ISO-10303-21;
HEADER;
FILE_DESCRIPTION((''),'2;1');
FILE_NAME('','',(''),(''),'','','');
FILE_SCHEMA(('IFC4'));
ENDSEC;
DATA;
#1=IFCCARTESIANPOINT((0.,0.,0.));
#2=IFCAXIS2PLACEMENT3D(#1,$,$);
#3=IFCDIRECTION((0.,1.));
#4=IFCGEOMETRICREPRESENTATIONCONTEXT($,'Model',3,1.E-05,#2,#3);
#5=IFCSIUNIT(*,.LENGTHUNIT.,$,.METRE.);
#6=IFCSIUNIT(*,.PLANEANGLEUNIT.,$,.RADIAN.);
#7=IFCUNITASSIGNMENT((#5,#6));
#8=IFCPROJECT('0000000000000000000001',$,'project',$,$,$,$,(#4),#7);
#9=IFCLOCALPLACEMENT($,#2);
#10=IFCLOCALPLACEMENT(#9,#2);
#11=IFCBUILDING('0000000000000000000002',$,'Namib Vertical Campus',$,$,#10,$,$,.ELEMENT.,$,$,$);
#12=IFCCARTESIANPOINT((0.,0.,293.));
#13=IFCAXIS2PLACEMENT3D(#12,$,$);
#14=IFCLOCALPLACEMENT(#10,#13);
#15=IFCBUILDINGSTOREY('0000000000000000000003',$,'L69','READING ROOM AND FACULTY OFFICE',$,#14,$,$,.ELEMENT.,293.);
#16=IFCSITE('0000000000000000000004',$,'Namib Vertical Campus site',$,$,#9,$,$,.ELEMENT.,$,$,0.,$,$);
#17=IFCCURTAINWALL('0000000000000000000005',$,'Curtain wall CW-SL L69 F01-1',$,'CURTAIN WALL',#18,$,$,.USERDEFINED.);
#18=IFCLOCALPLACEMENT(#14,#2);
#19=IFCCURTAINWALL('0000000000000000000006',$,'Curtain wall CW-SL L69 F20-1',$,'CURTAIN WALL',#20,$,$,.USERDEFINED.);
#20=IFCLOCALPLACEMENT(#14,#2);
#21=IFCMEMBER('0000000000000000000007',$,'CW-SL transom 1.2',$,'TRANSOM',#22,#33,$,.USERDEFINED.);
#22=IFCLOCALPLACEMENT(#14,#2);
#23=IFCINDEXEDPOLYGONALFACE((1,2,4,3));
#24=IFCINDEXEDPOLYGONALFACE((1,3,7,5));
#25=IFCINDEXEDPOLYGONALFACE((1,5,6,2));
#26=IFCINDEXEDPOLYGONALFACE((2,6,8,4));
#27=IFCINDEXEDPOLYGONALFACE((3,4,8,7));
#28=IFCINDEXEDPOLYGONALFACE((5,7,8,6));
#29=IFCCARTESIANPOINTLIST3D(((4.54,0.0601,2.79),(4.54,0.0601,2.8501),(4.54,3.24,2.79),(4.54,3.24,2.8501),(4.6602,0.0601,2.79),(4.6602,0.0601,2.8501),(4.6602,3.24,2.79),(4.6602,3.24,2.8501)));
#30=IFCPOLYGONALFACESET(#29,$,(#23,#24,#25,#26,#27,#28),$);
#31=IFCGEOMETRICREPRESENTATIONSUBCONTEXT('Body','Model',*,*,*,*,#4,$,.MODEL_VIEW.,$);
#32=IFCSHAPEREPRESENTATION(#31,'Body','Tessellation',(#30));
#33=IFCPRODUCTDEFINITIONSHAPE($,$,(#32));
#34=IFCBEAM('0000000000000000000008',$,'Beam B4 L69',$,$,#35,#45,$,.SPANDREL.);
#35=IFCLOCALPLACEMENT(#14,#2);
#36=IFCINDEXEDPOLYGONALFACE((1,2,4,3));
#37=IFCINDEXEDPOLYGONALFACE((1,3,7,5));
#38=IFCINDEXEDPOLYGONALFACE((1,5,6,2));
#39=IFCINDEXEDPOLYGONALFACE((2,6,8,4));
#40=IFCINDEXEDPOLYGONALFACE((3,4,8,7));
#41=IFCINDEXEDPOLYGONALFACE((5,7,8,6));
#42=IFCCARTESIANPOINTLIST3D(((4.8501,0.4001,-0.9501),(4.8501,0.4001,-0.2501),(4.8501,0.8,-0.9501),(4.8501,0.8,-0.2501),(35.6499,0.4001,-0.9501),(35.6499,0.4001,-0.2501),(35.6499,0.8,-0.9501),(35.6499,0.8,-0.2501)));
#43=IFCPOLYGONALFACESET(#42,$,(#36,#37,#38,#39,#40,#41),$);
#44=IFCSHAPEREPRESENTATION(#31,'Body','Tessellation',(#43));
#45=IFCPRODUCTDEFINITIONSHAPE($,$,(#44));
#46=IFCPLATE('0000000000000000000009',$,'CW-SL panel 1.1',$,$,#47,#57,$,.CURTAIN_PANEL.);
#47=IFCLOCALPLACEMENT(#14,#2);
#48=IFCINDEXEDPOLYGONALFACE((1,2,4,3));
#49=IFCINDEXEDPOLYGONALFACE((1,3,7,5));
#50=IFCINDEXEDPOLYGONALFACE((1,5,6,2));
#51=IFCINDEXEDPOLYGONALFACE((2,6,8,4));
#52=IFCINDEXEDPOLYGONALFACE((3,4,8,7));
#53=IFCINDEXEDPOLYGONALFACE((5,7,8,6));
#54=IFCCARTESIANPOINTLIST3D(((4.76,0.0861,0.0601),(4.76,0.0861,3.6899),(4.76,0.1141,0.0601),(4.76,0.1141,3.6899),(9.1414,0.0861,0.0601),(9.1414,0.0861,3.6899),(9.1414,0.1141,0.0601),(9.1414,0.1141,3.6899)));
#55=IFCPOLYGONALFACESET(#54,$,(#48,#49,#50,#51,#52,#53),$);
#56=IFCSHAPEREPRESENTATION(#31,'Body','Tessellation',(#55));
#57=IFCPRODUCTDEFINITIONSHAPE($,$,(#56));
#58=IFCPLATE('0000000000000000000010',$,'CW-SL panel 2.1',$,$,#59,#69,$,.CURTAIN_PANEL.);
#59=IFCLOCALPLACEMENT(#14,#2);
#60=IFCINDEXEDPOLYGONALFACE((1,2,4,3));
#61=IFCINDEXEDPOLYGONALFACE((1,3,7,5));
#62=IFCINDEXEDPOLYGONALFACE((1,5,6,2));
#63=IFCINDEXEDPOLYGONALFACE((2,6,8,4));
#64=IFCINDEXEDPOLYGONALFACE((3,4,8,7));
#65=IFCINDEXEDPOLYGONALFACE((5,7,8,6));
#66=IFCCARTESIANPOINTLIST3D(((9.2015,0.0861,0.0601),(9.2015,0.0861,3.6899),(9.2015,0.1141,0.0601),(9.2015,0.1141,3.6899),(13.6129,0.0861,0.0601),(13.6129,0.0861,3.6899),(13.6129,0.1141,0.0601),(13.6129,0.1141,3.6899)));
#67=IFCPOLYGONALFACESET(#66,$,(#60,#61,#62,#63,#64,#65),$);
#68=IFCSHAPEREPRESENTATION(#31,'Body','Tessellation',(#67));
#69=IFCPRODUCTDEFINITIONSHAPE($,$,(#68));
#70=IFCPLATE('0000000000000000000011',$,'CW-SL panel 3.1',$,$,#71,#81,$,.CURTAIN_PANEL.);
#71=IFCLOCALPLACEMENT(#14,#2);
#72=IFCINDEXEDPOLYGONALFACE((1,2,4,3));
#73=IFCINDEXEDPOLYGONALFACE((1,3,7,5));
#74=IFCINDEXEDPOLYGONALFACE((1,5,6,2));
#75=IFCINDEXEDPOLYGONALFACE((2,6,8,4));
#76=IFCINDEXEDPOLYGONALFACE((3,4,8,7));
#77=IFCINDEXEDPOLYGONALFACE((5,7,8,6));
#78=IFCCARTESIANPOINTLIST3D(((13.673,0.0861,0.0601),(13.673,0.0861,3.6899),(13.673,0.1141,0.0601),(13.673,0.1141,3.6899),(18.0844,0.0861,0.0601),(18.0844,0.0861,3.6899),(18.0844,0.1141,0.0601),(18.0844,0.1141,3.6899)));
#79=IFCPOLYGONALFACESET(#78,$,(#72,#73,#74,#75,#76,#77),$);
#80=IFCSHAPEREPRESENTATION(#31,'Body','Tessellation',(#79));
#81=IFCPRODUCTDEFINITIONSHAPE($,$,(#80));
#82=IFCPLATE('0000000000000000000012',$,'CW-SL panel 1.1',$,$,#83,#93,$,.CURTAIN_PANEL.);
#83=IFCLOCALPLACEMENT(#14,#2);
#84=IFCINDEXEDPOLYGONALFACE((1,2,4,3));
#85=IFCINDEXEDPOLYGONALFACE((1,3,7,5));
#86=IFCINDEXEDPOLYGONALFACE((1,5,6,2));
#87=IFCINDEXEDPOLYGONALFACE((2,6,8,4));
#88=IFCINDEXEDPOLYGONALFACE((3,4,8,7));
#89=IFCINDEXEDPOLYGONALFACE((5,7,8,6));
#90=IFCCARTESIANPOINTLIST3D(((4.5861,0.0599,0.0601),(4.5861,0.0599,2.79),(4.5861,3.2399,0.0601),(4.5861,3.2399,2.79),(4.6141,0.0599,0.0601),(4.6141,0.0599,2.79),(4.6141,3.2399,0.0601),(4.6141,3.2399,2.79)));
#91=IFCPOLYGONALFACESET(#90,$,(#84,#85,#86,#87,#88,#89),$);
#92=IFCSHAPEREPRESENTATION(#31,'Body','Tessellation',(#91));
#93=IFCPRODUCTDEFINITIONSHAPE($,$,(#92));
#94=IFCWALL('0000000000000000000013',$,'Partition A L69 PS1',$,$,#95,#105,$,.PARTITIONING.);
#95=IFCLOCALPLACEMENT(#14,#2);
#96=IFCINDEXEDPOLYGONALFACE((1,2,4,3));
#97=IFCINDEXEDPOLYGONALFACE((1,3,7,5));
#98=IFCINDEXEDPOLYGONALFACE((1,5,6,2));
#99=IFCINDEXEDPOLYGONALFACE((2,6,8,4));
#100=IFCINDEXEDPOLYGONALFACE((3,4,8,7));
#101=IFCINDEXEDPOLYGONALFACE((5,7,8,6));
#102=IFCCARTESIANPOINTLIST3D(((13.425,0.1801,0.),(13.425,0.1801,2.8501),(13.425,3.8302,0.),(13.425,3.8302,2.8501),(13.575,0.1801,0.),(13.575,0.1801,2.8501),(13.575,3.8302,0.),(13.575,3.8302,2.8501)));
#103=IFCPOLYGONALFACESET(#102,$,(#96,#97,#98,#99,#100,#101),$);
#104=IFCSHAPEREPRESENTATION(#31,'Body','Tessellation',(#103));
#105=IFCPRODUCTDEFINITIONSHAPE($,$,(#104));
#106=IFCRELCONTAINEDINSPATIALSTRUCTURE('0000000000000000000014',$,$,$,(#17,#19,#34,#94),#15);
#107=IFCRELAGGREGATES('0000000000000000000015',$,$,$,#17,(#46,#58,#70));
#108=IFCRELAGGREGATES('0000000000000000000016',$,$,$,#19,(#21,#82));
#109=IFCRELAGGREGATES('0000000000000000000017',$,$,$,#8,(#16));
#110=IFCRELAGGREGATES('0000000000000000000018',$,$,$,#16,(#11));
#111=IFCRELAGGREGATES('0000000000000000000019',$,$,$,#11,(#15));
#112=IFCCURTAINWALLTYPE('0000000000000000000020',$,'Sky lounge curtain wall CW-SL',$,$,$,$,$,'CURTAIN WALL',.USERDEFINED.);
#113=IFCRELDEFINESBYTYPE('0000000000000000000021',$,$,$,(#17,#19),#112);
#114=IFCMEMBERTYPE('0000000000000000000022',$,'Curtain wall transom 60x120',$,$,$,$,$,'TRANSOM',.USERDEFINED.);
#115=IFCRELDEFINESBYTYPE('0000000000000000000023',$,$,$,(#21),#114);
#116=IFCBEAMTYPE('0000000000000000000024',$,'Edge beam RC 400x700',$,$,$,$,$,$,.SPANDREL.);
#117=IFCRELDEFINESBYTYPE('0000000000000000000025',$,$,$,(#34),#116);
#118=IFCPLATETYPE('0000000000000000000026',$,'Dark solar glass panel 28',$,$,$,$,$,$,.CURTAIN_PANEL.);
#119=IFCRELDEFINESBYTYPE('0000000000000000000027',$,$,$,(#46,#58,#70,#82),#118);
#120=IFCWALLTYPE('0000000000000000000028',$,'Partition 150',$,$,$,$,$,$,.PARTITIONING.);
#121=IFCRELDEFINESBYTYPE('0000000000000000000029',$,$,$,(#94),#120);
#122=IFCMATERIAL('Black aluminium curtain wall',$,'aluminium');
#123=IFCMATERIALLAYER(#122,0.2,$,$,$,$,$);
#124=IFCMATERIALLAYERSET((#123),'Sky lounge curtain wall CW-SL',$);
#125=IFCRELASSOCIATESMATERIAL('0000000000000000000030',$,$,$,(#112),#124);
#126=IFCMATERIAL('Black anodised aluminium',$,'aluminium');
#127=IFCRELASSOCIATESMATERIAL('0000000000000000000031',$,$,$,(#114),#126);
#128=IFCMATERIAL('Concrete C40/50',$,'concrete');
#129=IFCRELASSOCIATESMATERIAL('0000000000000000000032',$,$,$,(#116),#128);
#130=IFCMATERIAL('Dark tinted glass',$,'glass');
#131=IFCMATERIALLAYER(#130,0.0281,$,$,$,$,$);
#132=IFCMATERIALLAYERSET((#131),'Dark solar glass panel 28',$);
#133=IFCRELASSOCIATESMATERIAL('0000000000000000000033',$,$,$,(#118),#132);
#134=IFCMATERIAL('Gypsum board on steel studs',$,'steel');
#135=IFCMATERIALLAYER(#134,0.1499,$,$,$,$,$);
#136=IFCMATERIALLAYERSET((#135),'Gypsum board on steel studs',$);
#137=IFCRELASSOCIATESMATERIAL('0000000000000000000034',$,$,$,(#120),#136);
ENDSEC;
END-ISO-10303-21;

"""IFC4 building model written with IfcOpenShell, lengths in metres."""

from ifc_helpers import new_model, si_unit, direction, frame, frame_2d, origin, origin_2d, place, context, subcontext, project, spatial, rectangle, extrude, material, layer, layer_set, material_profile, profile_set, type_object, element, aggregate, save


model = new_model("IFC4")

# Units and contexts
model_context = context("Model", 3, precision=1e-05, world=origin(), true_north=direction((0.0, 1.0)))
body_context = subcontext(model_context, "Body", "Model", "MODEL_VIEW")
ifc_project = project(units=[si_unit("LENGTHUNIT", "METRE"), si_unit("PLANEANGLEUNIT", "RADIAN")], contexts=[model_context])

# Site, building, storey
site_placement = place(None, origin())
site = spatial("IfcSite", under=ifc_project, at=site_placement, Name="Namib Vertical Campus site", CompositionType="ELEMENT", RefElevation=0.0)
building_placement = place(site_placement, origin())
building = spatial("IfcBuilding", under=site, at=building_placement, Name="Namib Vertical Campus", CompositionType="ELEMENT")
storey_placement = place(building_placement, frame((0.0, 0.0, 293.0)))
storey = spatial("IfcBuildingStorey", under=building, at=storey_placement, Name="L69", Description="READING ROOM AND FACULTY OFFICE", CompositionType="ELEMENT", Elevation=293.0)

# Curtain wall
ifc_material_1 = material(Name="Black aluminium curtain wall", Category="aluminium")
ifc_layer_1 = layer(ifc_material_1, 0.2)
ifc_layer_set_1 = layer_set([ifc_layer_1], Name="Sky lounge curtain wall CW-SL")
curtain_wall_type = type_object("IfcCurtainWallType", Name="Sky lounge curtain wall CW-SL", ElementType="CURTAIN WALL", PredefinedType="USERDEFINED", material=ifc_layer_set_1)
curtain_wall_1_placement = place(storey_placement, origin())
curtain_wall_1 = element("IfcCurtainWall", 1, at=curtain_wall_1_placement, inside=storey, type_object=curtain_wall_type, Name="Curtain wall CW-SL L69 F01-1", ObjectType="CURTAIN WALL", PredefinedType="USERDEFINED")

# Curtain wall
curtain_wall_2_placement = place(storey_placement, origin())
curtain_wall_2 = element("IfcCurtainWall", 2, at=curtain_wall_2_placement, inside=storey, type_object=curtain_wall_type, Name="Curtain wall CW-SL L69 F20-1", ObjectType="CURTAIN WALL", PredefinedType="USERDEFINED")

# Member
ifc_material_2 = material(Name="Black anodised aluminium", Category="aluminium")
ifc_material_profile_1 = material_profile(ifc_material_2, rectangle(XDim=0.0601, YDim=0.1201, at=origin_2d()))
ifc_profile_set_1 = profile_set([ifc_material_profile_1], Name="Black anodised aluminium")
member_type_1 = type_object("IfcMemberType", Name="Curtain wall transom 60x120", ElementType="TRANSOM", PredefinedType="USERDEFINED", material=ifc_profile_set_1)
member_1_placement = place(storey_placement, frame((4.6001, 3.24, 2.8201), z_axis=(0.0, -1.0, 0.0), x_axis=(0.0, 0.0, 1.0)))
member_1 = element("IfcMember", 3, at=member_1_placement, type_object=member_type_1, Name="CW-SL transom 1.2", ObjectType="TRANSOM", PredefinedType="USERDEFINED", context=body_context, shape_type="SweptSolid", body=[
    extrude(rectangle(XDim=0.0601, YDim=0.1201, at=origin_2d()), origin(), (0.0, 0.0, 1.0), 3.1799),
])

# Beam
ifc_material_3 = material(Name="Concrete C40/50", Category="concrete")
ifc_material_profile_2 = material_profile(ifc_material_3, rectangle(XDim=0.3999, YDim=0.7, at=origin_2d()))
ifc_profile_set_2 = profile_set([ifc_material_profile_2], Name="Concrete C40/50")
beam_type_1 = type_object("IfcBeamType", Name="Edge beam RC 400x700", PredefinedType="SPANDREL", material=ifc_profile_set_2)
beam_1_placement = place(storey_placement, frame((4.8501, 0.6001, -0.6001), z_axis=(1.0, 0.0, 0.0), x_axis=(0.0, 1.0, 0.0)))
element("IfcBeam", 4, at=beam_1_placement, inside=storey, type_object=beam_type_1, Name="Beam B4 L69", PredefinedType="SPANDREL", context=body_context, shape_type="SweptSolid", body=[
    extrude(rectangle(XDim=0.3999, YDim=0.7, at=origin_2d()), origin(), (0.0, 0.0, 1.0), 30.7998),
])

# Plates
ifc_material_4 = material(Name="Dark tinted glass", Category="glass")
ifc_layer_2 = layer(ifc_material_4, 0.0281)
ifc_layer_set_2 = layer_set([ifc_layer_2], Name="Dark solar glass panel 28")
plate_type = type_object("IfcPlateType", Name="Dark solar glass panel 28", PredefinedType="CURTAIN_PANEL", material=ifc_layer_set_2)
plate_1_placement = place(storey_placement, frame((6.9507, 0.1001, 0.0601), z_axis=(0.0, 0.0, 1.0), x_axis=(1.0, 0.0, 0.0)))
plate_1 = element("IfcPlate", 5, at=plate_1_placement, type_object=plate_type, Name="CW-SL panel 1.1", PredefinedType="CURTAIN_PANEL", context=body_context, shape_type="SweptSolid", body=[
    extrude(rectangle(XDim=4.3813, YDim=0.0281, at=origin_2d()), origin(), (0.0, 0.0, 1.0), 3.6299),
])
plate_2_placement = place(storey_placement, frame((11.4072, 0.1001, 0.0601), z_axis=(0.0, 0.0, 1.0), x_axis=(1.0, 0.0, 0.0)))
plate_2 = element("IfcPlate", 6, at=plate_2_placement, type_object=plate_type, Name="CW-SL panel 2.1", PredefinedType="CURTAIN_PANEL", context=body_context, shape_type="SweptSolid", body=[
    extrude(rectangle(XDim=4.4114, YDim=0.0281, at=origin_2d()), origin(), (0.0, 0.0, 1.0), 3.6299),
])
plate_3_placement = place(storey_placement, frame((15.8787, 0.1001, 0.0601), z_axis=(0.0, 0.0, 1.0), x_axis=(1.0, 0.0, 0.0)))
plate_3 = element("IfcPlate", 7, at=plate_3_placement, type_object=plate_type, Name="CW-SL panel 3.1", PredefinedType="CURTAIN_PANEL", context=body_context, shape_type="SweptSolid", body=[
    extrude(rectangle(XDim=4.4114, YDim=0.0281, at=origin_2d()), origin(), (0.0, 0.0, 1.0), 3.6299),
])
aggregate(curtain_wall_1, [plate_1, plate_2, plate_3])
plate_4_placement = place(storey_placement, frame((4.6001, 1.6499, 0.0601), z_axis=(0.0, 0.0, 1.0), x_axis=(0.0, -1.0, 0.0)))
plate_4 = element("IfcPlate", 8, at=plate_4_placement, type_object=plate_type, Name="CW-SL panel 1.1", PredefinedType="CURTAIN_PANEL", context=body_context, shape_type="SweptSolid", body=[
    extrude(rectangle(XDim=3.1799, YDim=0.0281, at=origin_2d()), origin(), (0.0, 0.0, 1.0), 2.73),
])
aggregate(curtain_wall_2, [member_1, plate_4])

# Wall
ifc_material_5 = material(Name="Gypsum board on steel studs", Category="steel")
ifc_layer_3 = layer(ifc_material_5, 0.1499)
ifc_layer_set_3 = layer_set([ifc_layer_3], Name="Gypsum board on steel studs")
wall_type = type_object("IfcWallType", Name="Partition 150", PredefinedType="PARTITIONING", material=ifc_layer_set_3)
wall_placement = place(storey_placement, frame((13.5, 0.1799, 0.0), z_axis=(0.0, 0.0, 1.0), x_axis=(0.0, 1.0, 0.0)))
element("IfcWall", 9, at=wall_placement, inside=storey, type_object=wall_type, Name="Partition A L69 PS1", PredefinedType="PARTITIONING", context=body_context, shape_type="SweptSolid", body=[
    extrude(rectangle(XDim=3.6501, YDim=0.1499, at=frame_2d((1.8252, 0.0))), origin(), (0.0, 0.0, 1.0), 2.8501),
])

save(model, "model.ifc")
